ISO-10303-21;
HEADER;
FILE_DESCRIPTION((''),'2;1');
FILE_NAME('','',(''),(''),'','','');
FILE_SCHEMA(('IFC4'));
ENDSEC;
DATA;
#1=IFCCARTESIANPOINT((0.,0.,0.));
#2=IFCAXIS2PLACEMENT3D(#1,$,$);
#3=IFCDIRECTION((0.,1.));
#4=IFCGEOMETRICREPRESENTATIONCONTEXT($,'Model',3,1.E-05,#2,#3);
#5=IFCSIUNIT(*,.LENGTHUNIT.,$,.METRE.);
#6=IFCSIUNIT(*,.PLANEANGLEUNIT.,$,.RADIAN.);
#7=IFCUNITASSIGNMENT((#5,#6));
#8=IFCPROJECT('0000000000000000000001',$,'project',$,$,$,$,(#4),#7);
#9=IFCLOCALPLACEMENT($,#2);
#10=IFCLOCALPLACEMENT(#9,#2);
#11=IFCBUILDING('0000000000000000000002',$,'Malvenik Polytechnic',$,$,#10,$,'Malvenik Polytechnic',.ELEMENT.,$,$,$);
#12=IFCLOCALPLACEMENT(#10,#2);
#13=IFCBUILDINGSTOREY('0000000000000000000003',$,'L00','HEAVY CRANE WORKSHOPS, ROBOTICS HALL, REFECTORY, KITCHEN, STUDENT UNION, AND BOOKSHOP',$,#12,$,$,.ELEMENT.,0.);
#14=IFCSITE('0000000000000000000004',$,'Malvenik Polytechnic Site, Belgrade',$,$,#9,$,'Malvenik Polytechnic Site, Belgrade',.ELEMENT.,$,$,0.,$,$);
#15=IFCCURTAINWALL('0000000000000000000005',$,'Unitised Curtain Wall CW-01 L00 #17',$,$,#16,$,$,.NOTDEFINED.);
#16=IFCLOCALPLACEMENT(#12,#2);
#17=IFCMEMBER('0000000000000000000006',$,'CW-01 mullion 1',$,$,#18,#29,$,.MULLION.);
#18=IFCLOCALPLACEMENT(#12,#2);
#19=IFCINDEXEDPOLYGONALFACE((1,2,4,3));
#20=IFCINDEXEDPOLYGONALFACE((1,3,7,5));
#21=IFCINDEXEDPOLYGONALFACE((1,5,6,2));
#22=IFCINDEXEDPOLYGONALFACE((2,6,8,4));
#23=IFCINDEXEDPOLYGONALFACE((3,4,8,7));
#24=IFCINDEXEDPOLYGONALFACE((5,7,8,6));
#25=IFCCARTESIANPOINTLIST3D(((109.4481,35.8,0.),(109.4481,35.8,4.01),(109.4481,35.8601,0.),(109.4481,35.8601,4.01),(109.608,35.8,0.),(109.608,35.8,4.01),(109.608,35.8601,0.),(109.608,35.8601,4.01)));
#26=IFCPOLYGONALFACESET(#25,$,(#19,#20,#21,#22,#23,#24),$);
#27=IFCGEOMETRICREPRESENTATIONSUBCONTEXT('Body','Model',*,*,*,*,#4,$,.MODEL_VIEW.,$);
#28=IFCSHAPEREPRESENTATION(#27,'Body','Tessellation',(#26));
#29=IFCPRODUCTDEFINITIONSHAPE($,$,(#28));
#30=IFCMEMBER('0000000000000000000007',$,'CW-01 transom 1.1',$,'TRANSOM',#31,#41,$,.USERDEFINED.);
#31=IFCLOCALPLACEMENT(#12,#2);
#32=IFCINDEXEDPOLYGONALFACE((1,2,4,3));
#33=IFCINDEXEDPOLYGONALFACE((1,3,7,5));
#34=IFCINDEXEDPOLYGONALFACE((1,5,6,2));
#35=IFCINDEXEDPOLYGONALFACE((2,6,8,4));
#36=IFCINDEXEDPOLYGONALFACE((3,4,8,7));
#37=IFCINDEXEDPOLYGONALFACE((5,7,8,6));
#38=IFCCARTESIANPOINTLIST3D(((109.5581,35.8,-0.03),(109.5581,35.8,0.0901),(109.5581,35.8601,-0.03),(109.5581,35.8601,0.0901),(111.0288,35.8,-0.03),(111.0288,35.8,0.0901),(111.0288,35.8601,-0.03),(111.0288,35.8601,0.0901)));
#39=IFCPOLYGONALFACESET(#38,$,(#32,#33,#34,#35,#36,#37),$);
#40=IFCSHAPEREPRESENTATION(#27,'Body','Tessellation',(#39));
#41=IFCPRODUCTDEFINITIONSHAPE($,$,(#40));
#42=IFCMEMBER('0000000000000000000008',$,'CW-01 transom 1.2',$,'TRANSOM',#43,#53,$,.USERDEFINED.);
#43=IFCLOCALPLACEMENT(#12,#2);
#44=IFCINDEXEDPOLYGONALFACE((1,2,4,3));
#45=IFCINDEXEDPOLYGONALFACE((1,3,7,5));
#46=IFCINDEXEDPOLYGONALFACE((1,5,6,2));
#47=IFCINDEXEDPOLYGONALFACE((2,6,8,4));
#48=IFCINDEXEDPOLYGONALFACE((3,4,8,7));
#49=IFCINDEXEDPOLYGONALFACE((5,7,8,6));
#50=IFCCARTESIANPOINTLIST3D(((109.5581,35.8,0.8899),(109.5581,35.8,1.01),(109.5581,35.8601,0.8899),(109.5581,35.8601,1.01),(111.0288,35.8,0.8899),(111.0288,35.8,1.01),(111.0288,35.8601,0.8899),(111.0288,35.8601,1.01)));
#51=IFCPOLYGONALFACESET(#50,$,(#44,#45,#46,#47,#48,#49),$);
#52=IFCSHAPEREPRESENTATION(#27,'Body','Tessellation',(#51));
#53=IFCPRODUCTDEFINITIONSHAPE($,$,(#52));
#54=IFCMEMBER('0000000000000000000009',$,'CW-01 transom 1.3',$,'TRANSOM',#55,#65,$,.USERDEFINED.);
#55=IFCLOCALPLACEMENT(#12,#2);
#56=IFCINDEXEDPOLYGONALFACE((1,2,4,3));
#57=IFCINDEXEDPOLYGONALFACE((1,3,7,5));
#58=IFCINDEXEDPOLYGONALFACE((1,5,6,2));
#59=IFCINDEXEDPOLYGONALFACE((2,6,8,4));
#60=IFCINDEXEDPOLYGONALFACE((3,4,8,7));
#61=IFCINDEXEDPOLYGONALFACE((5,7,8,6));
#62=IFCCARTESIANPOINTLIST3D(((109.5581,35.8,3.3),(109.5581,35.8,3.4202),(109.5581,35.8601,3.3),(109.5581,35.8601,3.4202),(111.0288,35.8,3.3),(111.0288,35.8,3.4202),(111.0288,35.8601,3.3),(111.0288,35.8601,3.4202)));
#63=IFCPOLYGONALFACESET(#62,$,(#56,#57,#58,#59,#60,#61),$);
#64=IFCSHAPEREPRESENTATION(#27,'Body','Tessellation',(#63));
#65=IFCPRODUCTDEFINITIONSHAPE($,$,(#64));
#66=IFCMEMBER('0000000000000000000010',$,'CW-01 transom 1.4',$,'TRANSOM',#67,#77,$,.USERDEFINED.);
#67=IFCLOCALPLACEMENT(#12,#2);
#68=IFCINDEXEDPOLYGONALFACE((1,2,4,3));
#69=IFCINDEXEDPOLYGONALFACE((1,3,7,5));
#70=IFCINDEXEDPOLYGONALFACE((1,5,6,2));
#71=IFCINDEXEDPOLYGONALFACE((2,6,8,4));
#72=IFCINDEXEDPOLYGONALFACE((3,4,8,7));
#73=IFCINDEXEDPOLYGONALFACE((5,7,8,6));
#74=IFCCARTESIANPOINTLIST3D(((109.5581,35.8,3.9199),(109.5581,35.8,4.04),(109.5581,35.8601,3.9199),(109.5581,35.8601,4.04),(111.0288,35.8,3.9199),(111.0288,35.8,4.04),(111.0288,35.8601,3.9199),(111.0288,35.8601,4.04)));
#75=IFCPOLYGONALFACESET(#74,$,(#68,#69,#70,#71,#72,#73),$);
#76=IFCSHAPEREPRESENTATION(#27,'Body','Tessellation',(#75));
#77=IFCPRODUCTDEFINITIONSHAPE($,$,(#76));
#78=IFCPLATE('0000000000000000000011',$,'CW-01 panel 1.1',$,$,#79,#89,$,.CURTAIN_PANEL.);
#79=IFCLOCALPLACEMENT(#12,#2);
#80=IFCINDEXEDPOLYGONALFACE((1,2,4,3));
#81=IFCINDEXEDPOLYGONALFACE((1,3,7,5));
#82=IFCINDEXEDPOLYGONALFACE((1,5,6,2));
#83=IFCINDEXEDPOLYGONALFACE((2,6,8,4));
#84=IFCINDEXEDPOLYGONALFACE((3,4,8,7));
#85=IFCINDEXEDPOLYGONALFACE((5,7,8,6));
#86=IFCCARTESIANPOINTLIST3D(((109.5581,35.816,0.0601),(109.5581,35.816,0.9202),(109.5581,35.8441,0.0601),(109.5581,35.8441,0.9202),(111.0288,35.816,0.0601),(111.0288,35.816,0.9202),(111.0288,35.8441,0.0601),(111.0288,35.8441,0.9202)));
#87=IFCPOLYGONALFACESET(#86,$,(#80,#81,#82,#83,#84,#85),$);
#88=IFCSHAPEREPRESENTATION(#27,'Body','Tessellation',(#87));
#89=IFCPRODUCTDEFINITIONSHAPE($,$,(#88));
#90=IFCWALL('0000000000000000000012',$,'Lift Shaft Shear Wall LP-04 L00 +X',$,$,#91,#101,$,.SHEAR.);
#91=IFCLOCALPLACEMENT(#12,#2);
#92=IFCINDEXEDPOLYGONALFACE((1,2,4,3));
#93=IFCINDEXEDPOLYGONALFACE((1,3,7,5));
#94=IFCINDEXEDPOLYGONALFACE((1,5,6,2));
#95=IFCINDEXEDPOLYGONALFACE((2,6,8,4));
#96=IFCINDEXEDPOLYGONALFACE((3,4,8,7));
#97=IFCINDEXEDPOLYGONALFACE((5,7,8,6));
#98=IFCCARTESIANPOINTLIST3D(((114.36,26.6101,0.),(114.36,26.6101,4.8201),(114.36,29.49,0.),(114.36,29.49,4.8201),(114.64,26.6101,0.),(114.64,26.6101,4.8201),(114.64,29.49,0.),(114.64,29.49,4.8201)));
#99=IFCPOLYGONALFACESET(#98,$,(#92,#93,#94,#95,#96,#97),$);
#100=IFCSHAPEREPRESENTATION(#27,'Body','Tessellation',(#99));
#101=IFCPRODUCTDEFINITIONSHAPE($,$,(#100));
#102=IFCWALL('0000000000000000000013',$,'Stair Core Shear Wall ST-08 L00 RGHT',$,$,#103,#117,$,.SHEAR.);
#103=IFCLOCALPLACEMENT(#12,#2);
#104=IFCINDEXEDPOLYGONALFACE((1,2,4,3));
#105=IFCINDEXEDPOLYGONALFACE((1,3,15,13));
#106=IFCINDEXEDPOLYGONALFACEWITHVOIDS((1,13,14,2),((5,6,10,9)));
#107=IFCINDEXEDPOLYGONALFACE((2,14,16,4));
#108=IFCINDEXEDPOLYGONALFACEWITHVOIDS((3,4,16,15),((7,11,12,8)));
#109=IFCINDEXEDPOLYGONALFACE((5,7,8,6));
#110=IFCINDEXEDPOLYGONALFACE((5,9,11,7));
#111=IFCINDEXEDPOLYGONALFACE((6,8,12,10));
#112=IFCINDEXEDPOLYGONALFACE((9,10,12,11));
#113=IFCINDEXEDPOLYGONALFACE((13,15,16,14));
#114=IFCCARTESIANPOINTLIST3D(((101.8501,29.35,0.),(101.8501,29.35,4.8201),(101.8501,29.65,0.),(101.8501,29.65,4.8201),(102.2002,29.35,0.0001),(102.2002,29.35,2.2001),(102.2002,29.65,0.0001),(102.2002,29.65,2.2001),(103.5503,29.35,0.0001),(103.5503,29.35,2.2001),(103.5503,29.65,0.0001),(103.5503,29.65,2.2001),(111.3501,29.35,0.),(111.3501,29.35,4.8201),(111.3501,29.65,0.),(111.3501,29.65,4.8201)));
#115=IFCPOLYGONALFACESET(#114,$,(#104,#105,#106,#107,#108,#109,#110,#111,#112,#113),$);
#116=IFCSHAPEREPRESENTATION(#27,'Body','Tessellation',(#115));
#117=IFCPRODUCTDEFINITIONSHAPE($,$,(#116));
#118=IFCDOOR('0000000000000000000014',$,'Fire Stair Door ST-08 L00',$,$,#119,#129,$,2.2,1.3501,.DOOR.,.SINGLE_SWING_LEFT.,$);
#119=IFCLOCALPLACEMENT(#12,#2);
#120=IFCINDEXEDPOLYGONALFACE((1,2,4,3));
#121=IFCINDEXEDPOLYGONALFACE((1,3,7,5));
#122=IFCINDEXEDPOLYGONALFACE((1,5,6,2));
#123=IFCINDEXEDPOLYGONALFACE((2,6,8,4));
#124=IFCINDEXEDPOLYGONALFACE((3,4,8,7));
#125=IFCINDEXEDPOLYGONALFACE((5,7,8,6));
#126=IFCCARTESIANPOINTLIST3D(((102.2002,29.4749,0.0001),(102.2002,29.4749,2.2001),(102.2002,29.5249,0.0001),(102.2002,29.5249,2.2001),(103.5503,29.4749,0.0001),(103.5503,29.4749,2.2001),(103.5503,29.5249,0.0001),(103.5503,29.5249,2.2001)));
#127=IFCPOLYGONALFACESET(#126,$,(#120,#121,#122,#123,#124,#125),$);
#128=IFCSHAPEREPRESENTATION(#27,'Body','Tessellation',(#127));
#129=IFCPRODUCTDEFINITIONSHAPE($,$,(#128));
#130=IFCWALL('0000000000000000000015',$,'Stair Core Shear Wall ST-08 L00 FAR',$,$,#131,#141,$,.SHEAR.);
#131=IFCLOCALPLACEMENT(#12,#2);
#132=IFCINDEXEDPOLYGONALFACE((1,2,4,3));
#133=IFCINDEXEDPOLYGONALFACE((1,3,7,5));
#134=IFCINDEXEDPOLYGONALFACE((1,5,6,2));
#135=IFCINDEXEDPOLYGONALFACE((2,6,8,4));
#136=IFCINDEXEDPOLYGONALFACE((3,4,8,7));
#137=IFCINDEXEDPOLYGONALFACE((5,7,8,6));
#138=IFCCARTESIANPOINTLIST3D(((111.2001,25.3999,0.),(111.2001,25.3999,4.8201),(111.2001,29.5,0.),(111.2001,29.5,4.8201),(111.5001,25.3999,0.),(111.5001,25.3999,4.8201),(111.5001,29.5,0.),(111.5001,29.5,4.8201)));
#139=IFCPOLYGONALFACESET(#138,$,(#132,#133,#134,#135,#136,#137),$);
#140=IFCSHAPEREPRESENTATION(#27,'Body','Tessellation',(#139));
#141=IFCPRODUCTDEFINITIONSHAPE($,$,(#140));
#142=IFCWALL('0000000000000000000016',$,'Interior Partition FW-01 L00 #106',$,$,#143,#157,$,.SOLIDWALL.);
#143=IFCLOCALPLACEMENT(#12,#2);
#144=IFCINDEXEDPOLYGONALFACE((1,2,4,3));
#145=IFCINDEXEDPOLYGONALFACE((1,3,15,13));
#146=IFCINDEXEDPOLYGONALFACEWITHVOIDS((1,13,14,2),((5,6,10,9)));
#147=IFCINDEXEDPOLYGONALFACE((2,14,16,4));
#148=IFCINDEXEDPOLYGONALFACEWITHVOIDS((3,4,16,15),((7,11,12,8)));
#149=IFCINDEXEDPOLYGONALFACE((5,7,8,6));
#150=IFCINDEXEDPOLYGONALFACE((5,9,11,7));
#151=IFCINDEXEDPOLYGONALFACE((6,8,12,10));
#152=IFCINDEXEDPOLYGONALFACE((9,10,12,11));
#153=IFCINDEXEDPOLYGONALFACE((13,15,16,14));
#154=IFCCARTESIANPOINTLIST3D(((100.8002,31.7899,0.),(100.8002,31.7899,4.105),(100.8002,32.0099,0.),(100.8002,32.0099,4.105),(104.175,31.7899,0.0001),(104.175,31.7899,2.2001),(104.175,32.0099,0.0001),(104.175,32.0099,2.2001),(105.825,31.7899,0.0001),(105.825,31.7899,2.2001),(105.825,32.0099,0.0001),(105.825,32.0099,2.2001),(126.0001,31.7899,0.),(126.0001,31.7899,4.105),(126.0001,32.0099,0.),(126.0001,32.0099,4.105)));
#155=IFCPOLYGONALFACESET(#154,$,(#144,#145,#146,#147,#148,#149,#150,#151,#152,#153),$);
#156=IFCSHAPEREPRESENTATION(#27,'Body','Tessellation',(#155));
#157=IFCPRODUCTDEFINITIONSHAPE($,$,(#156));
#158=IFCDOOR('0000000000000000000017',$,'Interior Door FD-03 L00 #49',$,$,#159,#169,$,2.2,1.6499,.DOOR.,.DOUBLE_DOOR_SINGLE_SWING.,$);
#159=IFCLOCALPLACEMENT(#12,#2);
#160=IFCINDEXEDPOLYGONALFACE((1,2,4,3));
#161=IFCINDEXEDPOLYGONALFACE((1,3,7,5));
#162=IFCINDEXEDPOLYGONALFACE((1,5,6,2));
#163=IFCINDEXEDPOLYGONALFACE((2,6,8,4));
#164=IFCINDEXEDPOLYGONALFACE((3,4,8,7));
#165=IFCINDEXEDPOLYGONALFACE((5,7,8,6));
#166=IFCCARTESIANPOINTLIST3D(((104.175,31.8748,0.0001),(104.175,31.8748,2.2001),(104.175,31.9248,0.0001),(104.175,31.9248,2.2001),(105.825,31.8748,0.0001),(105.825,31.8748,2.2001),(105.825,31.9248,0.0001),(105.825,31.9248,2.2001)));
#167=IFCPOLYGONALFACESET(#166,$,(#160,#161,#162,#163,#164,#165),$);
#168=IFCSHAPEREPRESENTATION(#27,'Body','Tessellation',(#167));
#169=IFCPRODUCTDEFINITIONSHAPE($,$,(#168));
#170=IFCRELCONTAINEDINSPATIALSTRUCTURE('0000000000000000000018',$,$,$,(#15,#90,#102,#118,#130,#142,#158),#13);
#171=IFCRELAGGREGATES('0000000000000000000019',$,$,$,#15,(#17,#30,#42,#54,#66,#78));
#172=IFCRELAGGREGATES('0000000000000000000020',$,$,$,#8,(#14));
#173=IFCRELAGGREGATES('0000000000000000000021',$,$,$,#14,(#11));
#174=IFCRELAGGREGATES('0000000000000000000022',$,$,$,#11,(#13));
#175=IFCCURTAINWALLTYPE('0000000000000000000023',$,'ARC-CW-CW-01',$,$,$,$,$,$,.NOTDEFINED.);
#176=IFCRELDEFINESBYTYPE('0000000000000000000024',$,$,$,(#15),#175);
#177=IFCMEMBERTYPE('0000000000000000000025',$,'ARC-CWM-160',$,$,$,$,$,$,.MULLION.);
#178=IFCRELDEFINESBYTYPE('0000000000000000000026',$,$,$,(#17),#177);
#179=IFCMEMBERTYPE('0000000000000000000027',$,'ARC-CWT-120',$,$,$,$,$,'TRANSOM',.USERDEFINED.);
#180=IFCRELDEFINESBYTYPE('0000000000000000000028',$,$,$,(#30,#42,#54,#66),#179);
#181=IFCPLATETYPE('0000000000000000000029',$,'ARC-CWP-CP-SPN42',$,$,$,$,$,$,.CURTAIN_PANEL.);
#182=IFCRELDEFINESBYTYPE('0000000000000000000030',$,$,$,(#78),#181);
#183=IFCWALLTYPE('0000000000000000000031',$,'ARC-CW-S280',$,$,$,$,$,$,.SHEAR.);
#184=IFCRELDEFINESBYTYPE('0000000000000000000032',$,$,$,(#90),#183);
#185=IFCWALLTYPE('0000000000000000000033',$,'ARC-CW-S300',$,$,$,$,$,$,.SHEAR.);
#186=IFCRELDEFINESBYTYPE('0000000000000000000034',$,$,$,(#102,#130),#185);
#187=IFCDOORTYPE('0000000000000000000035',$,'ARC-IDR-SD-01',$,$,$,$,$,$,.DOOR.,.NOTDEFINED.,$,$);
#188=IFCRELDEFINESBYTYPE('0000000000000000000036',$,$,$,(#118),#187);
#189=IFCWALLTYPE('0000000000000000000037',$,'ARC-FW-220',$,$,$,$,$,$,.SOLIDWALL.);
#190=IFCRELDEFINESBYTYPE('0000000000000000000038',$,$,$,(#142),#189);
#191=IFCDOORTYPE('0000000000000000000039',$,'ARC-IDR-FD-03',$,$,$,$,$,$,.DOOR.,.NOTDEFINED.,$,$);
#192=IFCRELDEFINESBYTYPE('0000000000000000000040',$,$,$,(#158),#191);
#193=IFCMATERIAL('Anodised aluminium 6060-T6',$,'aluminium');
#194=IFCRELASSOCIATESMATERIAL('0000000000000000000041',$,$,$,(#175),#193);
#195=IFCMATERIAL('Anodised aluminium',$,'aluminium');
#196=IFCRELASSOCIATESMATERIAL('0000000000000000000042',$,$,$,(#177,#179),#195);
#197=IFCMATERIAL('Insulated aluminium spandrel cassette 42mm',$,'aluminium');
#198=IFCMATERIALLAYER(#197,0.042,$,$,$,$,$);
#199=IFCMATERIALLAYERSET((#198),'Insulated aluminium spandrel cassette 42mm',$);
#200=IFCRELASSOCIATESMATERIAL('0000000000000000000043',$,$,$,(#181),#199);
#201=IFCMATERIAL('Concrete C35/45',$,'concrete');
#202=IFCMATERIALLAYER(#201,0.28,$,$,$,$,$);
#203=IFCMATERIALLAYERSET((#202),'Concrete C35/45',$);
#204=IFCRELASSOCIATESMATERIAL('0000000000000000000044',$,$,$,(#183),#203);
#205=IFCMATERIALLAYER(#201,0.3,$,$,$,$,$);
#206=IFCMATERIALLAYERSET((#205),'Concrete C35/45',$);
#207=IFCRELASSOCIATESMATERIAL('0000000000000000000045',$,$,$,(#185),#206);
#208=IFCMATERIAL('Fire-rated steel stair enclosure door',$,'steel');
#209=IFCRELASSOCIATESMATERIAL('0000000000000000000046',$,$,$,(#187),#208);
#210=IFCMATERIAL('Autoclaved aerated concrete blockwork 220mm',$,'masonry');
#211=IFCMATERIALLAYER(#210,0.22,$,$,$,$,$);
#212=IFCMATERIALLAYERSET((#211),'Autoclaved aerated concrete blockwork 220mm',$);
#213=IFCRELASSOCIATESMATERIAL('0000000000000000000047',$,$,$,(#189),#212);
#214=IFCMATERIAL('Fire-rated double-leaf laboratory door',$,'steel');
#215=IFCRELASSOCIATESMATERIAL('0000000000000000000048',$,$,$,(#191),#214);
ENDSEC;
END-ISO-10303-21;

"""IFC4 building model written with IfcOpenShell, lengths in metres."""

from ifc_helpers import new_model, si_unit, direction, frame, frame_2d, origin, origin_2d, place, context, subcontext, project, spatial, rectangle, extrude, material, layer, layer_set, material_profile, profile_set, type_object, element, fill, aggregate, save


model = new_model("IFC4")

# Units and contexts
model_context = context("Model", 3, precision=1e-05, world=origin(), true_north=direction((0.0, 1.0)))
body_context = subcontext(model_context, "Body", "Model", "MODEL_VIEW")
ifc_project = project(units=[si_unit("LENGTHUNIT", "METRE"), si_unit("PLANEANGLEUNIT", "RADIAN")], contexts=[model_context])

# Site, building, storey
site_placement = place(None, origin())
site = spatial("IfcSite", under=ifc_project, at=site_placement, Name="Malvenik Polytechnic Site, Belgrade", LongName="Malvenik Polytechnic Site, Belgrade", CompositionType="ELEMENT", RefElevation=0.0)
building_placement = place(site_placement, origin())
building = spatial("IfcBuilding", under=site, at=building_placement, Name="Malvenik Polytechnic", LongName="Malvenik Polytechnic", CompositionType="ELEMENT")
storey_placement = place(building_placement, origin())
storey = spatial("IfcBuildingStorey", under=building, at=storey_placement, Name="L00", Description="HEAVY CRANE WORKSHOPS, ROBOTICS HALL, REFECTORY, KITCHEN, STUDENT UNION, AND BOOKSHOP", CompositionType="ELEMENT", Elevation=0.0)

# Curtain wall, members, plate
ifc_material_1 = material(Name="Anodised aluminium 6060-T6", Category="aluminium")
curtain_wall_type = type_object("IfcCurtainWallType", Name="ARC-CW-CW-01", PredefinedType="NOTDEFINED", material=ifc_material_1)
curtain_wall_placement = place(storey_placement, origin())
curtain_wall = element("IfcCurtainWall", 1, at=curtain_wall_placement, inside=storey, type_object=curtain_wall_type, Name="Unitised Curtain Wall CW-01 L00 #17", PredefinedType="NOTDEFINED")
ifc_material_2 = material(Name="Anodised aluminium", Category="aluminium")
ifc_material_profile_1 = material_profile(ifc_material_2, rectangle(XDim=0.0601, YDim=0.1599, at=origin_2d()), Name="ALU MULLION 60x160")
ifc_profile_set_1 = profile_set([ifc_material_profile_1], Name="Anodised aluminium")
member_type_1 = type_object("IfcMemberType", Name="ARC-CWM-160", PredefinedType="MULLION", material=ifc_profile_set_1)
member_1_placement = place(storey_placement, frame((109.5281, 35.8301, 0.0), z_axis=(0.0, 0.0, 1.0), x_axis=(0.0, 1.0, 0.0)))
member_1 = element("IfcMember", 2, at=member_1_placement, type_object=member_type_1, Name="CW-01 mullion 1", PredefinedType="MULLION", context=body_context, shape_type="SweptSolid", body=[
    extrude(rectangle(XDim=0.0601, YDim=0.1599, at=origin_2d()), origin(), (0.0, 0.0, 1.0), 4.01),
])
ifc_material_profile_2 = material_profile(ifc_material_2, rectangle(XDim=0.0601, YDim=0.1201, at=origin_2d()), Name="ALU TRANSOM 60x120")
ifc_profile_set_2 = profile_set([ifc_material_profile_2], Name="Anodised aluminium")
member_type_2 = type_object("IfcMemberType", Name="ARC-CWT-120", ElementType="TRANSOM", PredefinedType="USERDEFINED", material=ifc_profile_set_2)
member_2_placement = place(storey_placement, frame((109.5581, 35.8301, 0.03), z_axis=(1.0, 0.0, 0.0), x_axis=(0.0, 1.0, 0.0)))
member_2 = element("IfcMember", 3, at=member_2_placement, type_object=member_type_2, Name="CW-01 transom 1.1", ObjectType="TRANSOM", PredefinedType="USERDEFINED", context=body_context, shape_type="SweptSolid", body=[
    extrude(rectangle(XDim=0.0601, YDim=0.1201, at=origin_2d()), origin(), (0.0, 0.0, 1.0), 1.4707),
])
member_3_placement = place(storey_placement, frame((109.5581, 35.8301, 0.95), z_axis=(1.0, 0.0, 0.0), x_axis=(0.0, 1.0, 0.0)))
member_3 = element("IfcMember", 4, at=member_3_placement, type_object=member_type_2, Name="CW-01 transom 1.2", ObjectType="TRANSOM", PredefinedType="USERDEFINED", context=body_context, shape_type="SweptSolid", body=[
    extrude(rectangle(XDim=0.0601, YDim=0.1201, at=origin_2d()), origin(), (0.0, 0.0, 1.0), 1.4707),
])
member_4_placement = place(storey_placement, frame((109.5581, 35.8301, 3.3601), z_axis=(1.0, 0.0, 0.0), x_axis=(0.0, 1.0, 0.0)))
member_4 = element("IfcMember", 5, at=member_4_placement, type_object=member_type_2, Name="CW-01 transom 1.3", ObjectType="TRANSOM", PredefinedType="USERDEFINED", context=body_context, shape_type="SweptSolid", body=[
    extrude(rectangle(XDim=0.0601, YDim=0.1201, at=origin_2d()), origin(), (0.0, 0.0, 1.0), 1.4707),
])
member_5_placement = place(storey_placement, frame((109.5581, 35.8301, 3.98), z_axis=(1.0, 0.0, 0.0), x_axis=(0.0, 1.0, 0.0)))
member_5 = element("IfcMember", 6, at=member_5_placement, type_object=member_type_2, Name="CW-01 transom 1.4", ObjectType="TRANSOM", PredefinedType="USERDEFINED", context=body_context, shape_type="SweptSolid", body=[
    extrude(rectangle(XDim=0.0601, YDim=0.1201, at=origin_2d()), origin(), (0.0, 0.0, 1.0), 1.4707),
])
ifc_material_3 = material(Name="Insulated aluminium spandrel cassette 42mm", Category="aluminium")
ifc_layer_1 = layer(ifc_material_3, 0.042)
ifc_layer_set_1 = layer_set([ifc_layer_1], Name="Insulated aluminium spandrel cassette 42mm")
plate_type = type_object("IfcPlateType", Name="ARC-CWP-CP-SPN42", PredefinedType="CURTAIN_PANEL", material=ifc_layer_set_1)
plate_placement = place(storey_placement, frame((110.2935, 35.8301, 0.0601), z_axis=(0.0, 0.0, 1.0), x_axis=(1.0, 0.0, 0.0)))
plate = element("IfcPlate", 7, at=plate_placement, type_object=plate_type, Name="CW-01 panel 1.1", PredefinedType="CURTAIN_PANEL", context=body_context, shape_type="SweptSolid", body=[
    extrude(rectangle(XDim=1.4707, YDim=0.0281, at=origin_2d()), origin(), (0.0, 0.0, 1.0), 0.8601),
])
aggregate(curtain_wall, [member_1, member_2, member_3, member_4, member_5, plate])

# Shared definitions
ifc_material_4 = material(Name="Concrete C35/45", Category="concrete")
ifc_layer_2 = layer(ifc_material_4, 0.28)
ifc_layer_set_2 = layer_set([ifc_layer_2], Name="Concrete C35/45")
wall_type_1 = type_object("IfcWallType", Name="ARC-CW-S280", PredefinedType="SHEAR", material=ifc_layer_set_2)

# Wall
wall_1_placement = place(storey_placement, frame((114.5, 29.49, 0.0), z_axis=(0.0, 0.0, 1.0), x_axis=(0.0, -1.0, 0.0)))
element("IfcWall", 8, at=wall_1_placement, inside=storey, type_object=wall_type_1, Name="Lift Shaft Shear Wall LP-04 L00 +X", PredefinedType="SHEAR", context=body_context, shape_type="SweptSolid", body=[
    extrude(rectangle(XDim=2.8799, YDim=0.28, at=frame_2d((1.4399, 0.0))), origin(), (0.0, 0.0, 1.0), 4.8201),
])

# Wall, opening, door
ifc_layer_3 = layer(ifc_material_4, 0.3)
ifc_layer_set_3 = layer_set([ifc_layer_3], Name="Concrete C35/45")
wall_type_2 = type_object("IfcWallType", Name="ARC-CW-S300", PredefinedType="SHEAR", material=ifc_layer_set_3)
wall_2_placement = place(storey_placement, frame((101.8501, 29.5, 0.0), z_axis=(0.0, 0.0, 1.0), x_axis=(1.0, 0.0, 0.0)))
wall_2 = element("IfcWall", 9, at=wall_2_placement, inside=storey, type_object=wall_type_2, Name="Stair Core Shear Wall ST-08 L00 RGHT", PredefinedType="SHEAR", context=body_context, shape_type="SweptSolid", body=[
    extrude(rectangle(XDim=9.5, YDim=0.3, at=frame_2d((4.75, 0.0))), origin(), (0.0, 0.0, 1.0), 4.8201),
])
opening_1_placement = place(wall_2_placement, frame((0.3501, 0.0, 0.0)))
opening_1 = element("IfcOpeningElement", 10, at=opening_1_placement, cuts=wall_2, PredefinedType="OPENING", context=body_context, shape_type="SweptSolid", body=[
    extrude(rectangle(XDim=1.3501, YDim=2.2, at=frame_2d((0.675, 1.1001))), frame((0.0, 0.1602, 0.0), z_axis=(0.0, -1.0, 0.0), x_axis=(1.0, 0.0, 0.0)), (0.0, 0.0, 1.0), 0.3201),
])
ifc_material_5 = material(Name="Fire-rated steel stair enclosure door", Category="steel")
door_type_1 = type_object("IfcDoorType", Name="ARC-IDR-SD-01", OperationType="NOTDEFINED", PredefinedType="DOOR", material=ifc_material_5)
door_1_placement = place(opening_1_placement, origin())
door_1 = element("IfcDoor", 11, at=door_1_placement, inside=storey, type_object=door_type_1, Name="Fire Stair Door ST-08 L00", OperationType="SINGLE_SWING_LEFT", OverallHeight=2.2, OverallWidth=1.3501, PredefinedType="DOOR", context=body_context, shape_type="SweptSolid", body=[
    extrude(rectangle(XDim=1.3501, YDim=2.2, at=frame_2d((0.675, 1.1001))), frame((0.0, 0.0249, 0.0), z_axis=(0.0, -1.0, 0.0), x_axis=(1.0, 0.0, 0.0)), (0.0, 0.0, 1.0), 0.05),
])
fill(opening_1, door_1)

# Wall
wall_3_placement = place(storey_placement, frame((111.3501, 29.5, 0.0), z_axis=(0.0, 0.0, 1.0), x_axis=(0.0, -1.0, 0.0)))
element("IfcWall", 12, at=wall_3_placement, inside=storey, type_object=wall_type_2, Name="Stair Core Shear Wall ST-08 L00 FAR", PredefinedType="SHEAR", context=body_context, shape_type="SweptSolid", body=[
    extrude(rectangle(XDim=4.1001, YDim=0.3, at=frame_2d((2.05, 0.0))), origin(), (0.0, 0.0, 1.0), 4.8201),
])

# Wall, opening, door
ifc_material_6 = material(Name="Autoclaved aerated concrete blockwork 220mm", Category="masonry")
ifc_layer_4 = layer(ifc_material_6, 0.22)
ifc_layer_set_4 = layer_set([ifc_layer_4], Name="Autoclaved aerated concrete blockwork 220mm")
wall_type_3 = type_object("IfcWallType", Name="ARC-FW-220", PredefinedType="SOLIDWALL", material=ifc_layer_set_4)
wall_4_placement = place(storey_placement, frame((100.8, 31.8999, 0.0), z_axis=(0.0, 0.0, 1.0), x_axis=(1.0, 0.0, 0.0)))
wall_4 = element("IfcWall", 13, at=wall_4_placement, inside=storey, type_object=wall_type_3, Name="Interior Partition FW-01 L00 #106", PredefinedType="SOLIDWALL", context=body_context, shape_type="SweptSolid", body=[
    extrude(rectangle(XDim=25.2, YDim=0.22, at=frame_2d((12.6001, 0.0))), origin(), (0.0, 0.0, 1.0), 4.105),
])
opening_2_placement = place(wall_4_placement, frame((3.375, 0.0, 0.0)))
opening_2 = element("IfcOpeningElement", 14, at=opening_2_placement, cuts=wall_4, PredefinedType="OPENING", context=body_context, shape_type="SweptSolid", body=[
    extrude(rectangle(XDim=1.6499, YDim=2.2, at=frame_2d((0.825, 1.1001))), frame((0.0, 0.1201, 0.0), z_axis=(0.0, -1.0, 0.0), x_axis=(1.0, 0.0, 0.0)), (0.0, 0.0, 1.0), 0.24),
])
ifc_material_7 = material(Name="Fire-rated double-leaf laboratory door", Category="steel")
door_type_2 = type_object("IfcDoorType", Name="ARC-IDR-FD-03", OperationType="NOTDEFINED", PredefinedType="DOOR", material=ifc_material_7)
door_2_placement = place(opening_2_placement, origin())
door_2 = element("IfcDoor", 15, at=door_2_placement, inside=storey, type_object=door_type_2, Name="Interior Door FD-03 L00 #49", OperationType="DOUBLE_DOOR_SINGLE_SWING", OverallHeight=2.2, OverallWidth=1.6499, PredefinedType="DOOR", context=body_context, shape_type="SweptSolid", body=[
    extrude(rectangle(XDim=1.6499, YDim=2.2, at=frame_2d((0.825, 1.1001))), frame((0.0, 0.0249, 0.0), z_axis=(0.0, -1.0, 0.0), x_axis=(1.0, 0.0, 0.0)), (0.0, 0.0, 1.0), 0.05),
])
fill(opening_2, door_2)

save(model, "model.ifc")
